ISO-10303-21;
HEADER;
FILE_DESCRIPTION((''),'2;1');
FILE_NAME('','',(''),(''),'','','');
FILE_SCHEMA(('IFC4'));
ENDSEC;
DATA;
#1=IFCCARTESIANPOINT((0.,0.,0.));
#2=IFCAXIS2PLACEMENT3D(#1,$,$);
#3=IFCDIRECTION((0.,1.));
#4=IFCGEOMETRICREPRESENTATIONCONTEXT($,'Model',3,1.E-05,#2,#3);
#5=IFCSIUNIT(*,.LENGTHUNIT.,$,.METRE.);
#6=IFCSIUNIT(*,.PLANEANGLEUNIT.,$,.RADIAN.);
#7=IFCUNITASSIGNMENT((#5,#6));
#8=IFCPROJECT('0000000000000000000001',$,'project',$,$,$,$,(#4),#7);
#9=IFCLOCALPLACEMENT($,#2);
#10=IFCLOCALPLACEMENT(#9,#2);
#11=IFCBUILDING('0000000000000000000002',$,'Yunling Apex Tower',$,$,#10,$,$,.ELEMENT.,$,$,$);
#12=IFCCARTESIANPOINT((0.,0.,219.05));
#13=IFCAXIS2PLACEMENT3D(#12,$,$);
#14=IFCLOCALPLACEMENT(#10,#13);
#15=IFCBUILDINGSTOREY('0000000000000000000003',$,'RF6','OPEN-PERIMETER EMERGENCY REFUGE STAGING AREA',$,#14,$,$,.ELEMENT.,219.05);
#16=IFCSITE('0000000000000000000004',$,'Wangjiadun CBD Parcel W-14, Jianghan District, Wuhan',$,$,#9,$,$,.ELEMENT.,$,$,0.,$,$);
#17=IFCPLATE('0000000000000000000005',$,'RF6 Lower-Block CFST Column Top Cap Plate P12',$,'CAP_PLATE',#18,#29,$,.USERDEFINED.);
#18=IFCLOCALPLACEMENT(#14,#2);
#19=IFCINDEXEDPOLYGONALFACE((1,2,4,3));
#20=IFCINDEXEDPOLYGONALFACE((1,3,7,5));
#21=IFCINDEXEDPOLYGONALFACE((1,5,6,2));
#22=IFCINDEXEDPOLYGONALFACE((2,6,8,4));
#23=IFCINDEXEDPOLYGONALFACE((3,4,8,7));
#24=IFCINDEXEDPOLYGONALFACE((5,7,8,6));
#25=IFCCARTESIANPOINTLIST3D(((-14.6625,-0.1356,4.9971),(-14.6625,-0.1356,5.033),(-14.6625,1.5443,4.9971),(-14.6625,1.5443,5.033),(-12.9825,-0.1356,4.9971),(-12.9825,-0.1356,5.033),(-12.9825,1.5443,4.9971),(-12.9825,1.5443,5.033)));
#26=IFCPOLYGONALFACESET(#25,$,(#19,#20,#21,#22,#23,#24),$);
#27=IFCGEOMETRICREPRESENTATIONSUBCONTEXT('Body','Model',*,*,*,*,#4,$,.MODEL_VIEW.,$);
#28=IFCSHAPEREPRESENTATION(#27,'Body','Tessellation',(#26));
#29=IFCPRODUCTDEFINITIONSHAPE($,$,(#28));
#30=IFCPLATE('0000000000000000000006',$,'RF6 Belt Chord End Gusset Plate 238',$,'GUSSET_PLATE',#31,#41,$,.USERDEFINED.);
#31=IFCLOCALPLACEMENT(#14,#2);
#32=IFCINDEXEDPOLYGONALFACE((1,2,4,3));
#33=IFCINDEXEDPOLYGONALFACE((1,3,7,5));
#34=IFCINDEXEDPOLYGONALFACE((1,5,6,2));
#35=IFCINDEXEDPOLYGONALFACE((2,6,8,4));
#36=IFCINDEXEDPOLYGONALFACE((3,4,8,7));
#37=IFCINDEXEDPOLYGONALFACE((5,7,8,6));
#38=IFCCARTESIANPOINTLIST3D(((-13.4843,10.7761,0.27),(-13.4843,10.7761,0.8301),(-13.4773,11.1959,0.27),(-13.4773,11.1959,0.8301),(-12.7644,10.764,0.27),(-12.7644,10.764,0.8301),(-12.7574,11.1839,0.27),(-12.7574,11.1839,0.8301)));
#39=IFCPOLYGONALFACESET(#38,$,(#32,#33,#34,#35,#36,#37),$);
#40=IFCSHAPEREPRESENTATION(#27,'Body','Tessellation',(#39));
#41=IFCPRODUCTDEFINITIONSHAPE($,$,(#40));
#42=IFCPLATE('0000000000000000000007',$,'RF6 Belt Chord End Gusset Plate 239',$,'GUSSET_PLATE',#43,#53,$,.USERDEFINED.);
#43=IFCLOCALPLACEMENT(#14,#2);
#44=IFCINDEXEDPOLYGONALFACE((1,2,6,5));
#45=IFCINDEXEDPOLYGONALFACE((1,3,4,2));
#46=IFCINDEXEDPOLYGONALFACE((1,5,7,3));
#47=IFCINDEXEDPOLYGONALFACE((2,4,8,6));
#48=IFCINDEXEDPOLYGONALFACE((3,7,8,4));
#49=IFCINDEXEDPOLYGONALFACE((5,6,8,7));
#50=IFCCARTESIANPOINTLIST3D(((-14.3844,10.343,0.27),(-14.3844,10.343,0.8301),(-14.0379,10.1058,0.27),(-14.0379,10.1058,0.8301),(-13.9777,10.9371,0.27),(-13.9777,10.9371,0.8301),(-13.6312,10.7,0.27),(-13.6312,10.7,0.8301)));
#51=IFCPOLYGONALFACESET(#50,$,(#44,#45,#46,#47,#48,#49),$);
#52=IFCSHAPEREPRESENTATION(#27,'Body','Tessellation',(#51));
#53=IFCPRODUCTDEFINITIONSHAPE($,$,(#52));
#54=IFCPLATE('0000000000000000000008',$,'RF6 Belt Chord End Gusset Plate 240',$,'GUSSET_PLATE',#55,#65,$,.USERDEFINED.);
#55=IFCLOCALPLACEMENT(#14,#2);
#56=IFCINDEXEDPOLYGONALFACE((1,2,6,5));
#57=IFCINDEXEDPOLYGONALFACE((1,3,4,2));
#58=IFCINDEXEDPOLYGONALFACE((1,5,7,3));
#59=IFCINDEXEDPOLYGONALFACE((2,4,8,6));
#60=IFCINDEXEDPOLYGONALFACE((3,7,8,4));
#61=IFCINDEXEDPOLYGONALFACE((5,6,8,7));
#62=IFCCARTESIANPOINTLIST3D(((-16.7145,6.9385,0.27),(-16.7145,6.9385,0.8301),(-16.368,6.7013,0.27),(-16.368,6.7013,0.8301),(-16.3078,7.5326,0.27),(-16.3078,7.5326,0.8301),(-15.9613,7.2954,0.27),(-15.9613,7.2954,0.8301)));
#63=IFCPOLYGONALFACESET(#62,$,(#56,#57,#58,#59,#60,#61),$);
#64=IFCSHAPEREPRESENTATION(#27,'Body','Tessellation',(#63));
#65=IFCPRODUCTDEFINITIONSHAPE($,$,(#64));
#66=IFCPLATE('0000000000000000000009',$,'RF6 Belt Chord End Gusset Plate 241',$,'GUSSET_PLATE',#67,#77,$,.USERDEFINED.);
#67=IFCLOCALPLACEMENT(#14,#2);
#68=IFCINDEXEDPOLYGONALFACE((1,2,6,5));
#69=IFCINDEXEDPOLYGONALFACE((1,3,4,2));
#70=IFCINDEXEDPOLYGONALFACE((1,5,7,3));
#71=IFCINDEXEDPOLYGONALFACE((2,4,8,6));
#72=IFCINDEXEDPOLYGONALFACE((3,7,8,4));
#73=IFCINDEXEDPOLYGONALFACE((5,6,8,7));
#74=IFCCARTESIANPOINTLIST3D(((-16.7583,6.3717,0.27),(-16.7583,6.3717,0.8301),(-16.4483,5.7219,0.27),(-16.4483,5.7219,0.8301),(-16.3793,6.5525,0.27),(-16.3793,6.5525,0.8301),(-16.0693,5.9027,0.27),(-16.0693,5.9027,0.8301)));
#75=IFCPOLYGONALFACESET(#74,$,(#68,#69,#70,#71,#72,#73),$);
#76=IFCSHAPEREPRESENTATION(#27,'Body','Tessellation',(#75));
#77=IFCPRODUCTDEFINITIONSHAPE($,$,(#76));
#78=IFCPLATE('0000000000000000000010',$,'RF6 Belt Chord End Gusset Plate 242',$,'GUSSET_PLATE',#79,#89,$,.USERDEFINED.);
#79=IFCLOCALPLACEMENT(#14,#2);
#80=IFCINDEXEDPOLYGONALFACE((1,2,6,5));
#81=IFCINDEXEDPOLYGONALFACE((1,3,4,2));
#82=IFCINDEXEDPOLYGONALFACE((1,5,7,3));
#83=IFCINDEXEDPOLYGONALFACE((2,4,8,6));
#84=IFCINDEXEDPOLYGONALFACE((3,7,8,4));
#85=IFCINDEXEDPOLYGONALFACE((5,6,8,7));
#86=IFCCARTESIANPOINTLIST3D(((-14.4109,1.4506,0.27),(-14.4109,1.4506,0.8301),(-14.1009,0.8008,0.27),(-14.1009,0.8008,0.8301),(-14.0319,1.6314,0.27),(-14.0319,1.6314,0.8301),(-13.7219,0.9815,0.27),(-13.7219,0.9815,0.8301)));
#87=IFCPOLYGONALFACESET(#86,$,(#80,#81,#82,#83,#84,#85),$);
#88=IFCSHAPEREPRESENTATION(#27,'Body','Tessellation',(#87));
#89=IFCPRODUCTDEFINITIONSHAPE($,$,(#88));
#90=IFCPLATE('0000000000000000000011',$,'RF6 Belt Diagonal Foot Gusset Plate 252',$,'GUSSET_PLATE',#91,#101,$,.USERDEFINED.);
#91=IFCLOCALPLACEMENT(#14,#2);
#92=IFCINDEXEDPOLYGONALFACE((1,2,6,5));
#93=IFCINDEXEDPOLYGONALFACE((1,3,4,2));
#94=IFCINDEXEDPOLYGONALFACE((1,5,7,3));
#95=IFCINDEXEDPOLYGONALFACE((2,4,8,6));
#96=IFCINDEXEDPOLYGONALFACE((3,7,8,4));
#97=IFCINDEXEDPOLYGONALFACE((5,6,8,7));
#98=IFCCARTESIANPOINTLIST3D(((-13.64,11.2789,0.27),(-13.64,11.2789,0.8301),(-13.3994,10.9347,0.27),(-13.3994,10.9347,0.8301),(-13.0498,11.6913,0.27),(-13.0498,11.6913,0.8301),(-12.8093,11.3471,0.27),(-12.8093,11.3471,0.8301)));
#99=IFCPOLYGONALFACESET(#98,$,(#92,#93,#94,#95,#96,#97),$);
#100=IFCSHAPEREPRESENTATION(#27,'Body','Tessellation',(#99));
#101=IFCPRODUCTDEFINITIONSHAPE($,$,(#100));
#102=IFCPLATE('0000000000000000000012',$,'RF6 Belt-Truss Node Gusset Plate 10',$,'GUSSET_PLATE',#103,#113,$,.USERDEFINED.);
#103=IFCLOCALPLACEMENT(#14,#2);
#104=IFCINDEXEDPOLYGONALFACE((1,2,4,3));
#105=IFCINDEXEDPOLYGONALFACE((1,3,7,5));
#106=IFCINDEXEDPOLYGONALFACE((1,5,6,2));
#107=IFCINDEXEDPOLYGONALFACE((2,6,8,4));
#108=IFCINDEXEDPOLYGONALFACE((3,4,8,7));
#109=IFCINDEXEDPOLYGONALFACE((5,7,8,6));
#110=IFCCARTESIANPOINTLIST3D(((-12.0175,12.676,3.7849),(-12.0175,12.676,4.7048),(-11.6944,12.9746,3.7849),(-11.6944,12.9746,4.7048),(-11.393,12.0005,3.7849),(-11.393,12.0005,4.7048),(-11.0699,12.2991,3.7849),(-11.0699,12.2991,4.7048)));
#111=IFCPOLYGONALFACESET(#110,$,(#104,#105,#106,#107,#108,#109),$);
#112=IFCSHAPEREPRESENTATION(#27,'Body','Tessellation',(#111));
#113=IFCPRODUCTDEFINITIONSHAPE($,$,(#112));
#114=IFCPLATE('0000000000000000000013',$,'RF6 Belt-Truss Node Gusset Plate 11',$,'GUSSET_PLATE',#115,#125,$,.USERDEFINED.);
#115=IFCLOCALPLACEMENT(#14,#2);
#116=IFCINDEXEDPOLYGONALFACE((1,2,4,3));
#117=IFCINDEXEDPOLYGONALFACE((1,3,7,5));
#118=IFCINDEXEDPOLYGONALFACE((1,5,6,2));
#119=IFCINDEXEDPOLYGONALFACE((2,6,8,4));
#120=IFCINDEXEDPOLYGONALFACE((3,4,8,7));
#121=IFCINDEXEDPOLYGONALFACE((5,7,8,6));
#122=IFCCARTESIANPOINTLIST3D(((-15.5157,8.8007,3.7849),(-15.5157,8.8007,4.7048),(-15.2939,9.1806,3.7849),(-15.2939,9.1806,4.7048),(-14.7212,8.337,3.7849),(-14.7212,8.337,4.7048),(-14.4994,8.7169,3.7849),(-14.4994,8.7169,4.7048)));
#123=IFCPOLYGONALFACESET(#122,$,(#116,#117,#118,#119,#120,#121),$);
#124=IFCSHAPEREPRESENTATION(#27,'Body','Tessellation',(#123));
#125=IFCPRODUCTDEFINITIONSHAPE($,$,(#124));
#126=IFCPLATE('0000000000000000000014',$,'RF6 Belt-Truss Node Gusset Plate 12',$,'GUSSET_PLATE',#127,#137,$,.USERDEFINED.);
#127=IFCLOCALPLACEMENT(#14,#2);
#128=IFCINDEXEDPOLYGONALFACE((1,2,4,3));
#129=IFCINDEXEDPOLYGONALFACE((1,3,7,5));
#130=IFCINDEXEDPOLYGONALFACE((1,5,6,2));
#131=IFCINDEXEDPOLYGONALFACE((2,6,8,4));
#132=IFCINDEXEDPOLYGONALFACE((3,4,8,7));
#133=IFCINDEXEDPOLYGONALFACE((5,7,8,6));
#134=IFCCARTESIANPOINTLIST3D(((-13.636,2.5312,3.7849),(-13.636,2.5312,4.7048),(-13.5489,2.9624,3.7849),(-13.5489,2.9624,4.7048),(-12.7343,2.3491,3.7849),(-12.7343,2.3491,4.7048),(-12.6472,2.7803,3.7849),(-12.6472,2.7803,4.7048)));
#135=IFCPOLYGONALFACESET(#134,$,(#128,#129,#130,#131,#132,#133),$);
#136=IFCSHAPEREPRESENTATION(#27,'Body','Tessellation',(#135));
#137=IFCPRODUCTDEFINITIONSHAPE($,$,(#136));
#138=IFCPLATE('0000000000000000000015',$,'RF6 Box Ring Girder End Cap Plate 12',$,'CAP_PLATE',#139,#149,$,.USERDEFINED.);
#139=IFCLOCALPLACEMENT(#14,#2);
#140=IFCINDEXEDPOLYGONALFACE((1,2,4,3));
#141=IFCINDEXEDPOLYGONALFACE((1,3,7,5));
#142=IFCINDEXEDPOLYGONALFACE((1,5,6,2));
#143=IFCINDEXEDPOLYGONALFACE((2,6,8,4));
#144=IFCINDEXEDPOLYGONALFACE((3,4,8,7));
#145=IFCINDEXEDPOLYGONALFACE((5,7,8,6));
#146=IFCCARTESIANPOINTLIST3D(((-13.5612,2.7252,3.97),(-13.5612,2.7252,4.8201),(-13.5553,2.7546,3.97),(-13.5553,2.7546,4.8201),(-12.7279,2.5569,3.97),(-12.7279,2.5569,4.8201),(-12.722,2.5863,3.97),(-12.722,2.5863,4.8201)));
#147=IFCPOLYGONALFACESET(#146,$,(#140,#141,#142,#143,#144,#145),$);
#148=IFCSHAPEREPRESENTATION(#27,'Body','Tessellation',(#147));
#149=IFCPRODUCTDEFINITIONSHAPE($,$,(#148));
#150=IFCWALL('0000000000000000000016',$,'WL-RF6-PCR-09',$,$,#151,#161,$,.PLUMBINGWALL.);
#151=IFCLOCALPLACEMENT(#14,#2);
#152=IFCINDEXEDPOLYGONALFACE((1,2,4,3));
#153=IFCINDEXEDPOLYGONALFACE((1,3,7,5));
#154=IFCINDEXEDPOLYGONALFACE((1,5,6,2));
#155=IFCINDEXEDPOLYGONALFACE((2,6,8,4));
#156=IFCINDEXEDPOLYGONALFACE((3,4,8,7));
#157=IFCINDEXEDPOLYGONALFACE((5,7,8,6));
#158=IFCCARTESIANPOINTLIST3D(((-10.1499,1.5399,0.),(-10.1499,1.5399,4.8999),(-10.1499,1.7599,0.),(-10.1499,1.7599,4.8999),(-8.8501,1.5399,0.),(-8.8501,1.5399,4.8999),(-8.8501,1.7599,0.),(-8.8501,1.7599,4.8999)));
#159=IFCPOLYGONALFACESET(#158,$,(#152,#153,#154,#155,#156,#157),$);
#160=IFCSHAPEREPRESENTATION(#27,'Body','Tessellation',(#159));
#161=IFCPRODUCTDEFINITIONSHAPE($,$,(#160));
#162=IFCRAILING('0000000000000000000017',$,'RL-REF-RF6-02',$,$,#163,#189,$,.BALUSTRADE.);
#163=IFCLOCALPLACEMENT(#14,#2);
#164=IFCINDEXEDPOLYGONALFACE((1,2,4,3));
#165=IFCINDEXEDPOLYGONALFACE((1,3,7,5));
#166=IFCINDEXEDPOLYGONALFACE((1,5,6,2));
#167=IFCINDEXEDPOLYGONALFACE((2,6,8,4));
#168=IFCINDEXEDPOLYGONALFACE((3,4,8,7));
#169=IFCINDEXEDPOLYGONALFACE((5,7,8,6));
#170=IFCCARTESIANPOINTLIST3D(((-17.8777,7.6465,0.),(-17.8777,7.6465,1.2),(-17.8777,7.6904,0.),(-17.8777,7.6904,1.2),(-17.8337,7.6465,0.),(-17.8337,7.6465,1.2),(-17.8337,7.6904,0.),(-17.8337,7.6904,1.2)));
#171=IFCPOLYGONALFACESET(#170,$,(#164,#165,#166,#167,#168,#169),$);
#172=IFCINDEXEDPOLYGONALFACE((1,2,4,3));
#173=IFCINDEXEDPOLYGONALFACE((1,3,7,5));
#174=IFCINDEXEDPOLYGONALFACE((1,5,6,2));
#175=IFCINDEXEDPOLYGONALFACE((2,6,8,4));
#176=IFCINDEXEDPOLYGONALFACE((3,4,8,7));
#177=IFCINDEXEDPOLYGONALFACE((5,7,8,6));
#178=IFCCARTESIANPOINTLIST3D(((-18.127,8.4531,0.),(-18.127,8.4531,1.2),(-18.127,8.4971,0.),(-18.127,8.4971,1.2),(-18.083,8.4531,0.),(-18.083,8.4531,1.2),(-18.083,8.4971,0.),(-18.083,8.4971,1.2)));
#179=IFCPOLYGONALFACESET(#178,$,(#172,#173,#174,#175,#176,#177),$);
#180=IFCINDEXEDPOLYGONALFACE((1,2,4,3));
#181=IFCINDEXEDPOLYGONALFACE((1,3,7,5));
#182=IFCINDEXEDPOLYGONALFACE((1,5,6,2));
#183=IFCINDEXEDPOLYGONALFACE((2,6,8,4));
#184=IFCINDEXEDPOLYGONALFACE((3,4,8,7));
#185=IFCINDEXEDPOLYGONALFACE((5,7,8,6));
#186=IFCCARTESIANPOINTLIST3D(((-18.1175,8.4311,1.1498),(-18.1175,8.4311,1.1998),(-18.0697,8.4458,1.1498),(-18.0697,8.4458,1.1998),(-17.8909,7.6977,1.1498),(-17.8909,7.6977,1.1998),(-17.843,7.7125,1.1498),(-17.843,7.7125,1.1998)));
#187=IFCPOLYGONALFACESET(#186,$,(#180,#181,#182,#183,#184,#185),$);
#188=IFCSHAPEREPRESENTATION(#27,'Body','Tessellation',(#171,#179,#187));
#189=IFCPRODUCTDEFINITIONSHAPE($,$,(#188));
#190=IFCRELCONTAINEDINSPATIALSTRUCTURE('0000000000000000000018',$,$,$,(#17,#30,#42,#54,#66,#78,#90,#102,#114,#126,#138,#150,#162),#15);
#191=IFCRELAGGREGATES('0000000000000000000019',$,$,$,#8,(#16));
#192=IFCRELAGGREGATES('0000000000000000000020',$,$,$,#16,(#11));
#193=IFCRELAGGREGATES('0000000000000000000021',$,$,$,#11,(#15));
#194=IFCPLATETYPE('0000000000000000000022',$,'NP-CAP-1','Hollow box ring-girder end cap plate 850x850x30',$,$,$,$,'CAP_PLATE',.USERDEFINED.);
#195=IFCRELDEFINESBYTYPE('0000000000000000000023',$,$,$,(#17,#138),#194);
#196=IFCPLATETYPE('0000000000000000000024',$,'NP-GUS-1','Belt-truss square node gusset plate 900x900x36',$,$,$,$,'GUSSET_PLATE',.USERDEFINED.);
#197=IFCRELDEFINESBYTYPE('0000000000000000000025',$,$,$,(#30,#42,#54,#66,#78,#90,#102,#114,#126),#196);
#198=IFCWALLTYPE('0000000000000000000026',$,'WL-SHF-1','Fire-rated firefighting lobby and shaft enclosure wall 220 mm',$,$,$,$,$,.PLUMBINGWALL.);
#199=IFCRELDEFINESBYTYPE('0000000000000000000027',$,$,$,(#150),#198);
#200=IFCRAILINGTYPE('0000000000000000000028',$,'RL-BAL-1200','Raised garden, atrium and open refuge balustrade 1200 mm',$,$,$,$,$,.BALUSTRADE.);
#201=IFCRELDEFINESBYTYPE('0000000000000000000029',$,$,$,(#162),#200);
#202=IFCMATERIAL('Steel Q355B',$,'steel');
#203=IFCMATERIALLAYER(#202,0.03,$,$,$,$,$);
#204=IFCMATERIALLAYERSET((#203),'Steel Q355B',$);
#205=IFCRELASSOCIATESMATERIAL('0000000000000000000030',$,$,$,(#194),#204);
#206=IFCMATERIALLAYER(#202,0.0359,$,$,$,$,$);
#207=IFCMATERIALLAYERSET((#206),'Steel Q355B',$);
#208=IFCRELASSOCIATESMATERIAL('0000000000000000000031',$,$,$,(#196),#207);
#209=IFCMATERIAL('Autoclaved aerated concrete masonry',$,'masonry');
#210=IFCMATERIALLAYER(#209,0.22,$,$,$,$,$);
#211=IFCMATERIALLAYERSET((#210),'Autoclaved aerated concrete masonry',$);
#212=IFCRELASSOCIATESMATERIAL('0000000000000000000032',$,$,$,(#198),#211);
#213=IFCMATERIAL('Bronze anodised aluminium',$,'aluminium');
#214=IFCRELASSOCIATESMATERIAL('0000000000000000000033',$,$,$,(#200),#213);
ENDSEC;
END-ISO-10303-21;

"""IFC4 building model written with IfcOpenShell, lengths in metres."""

from ifc_helpers import new_model, si_unit, direction, frame, frame_2d, origin, origin_2d, place, context, subcontext, project, spatial, rectangle, extrude, source, transform, mapped, material, layer, layer_set, type_object, element, save


model = new_model("IFC4")

# Units and contexts
model_context = context("Model", 3, precision=1e-05, world=origin(), true_north=direction((0.0, 1.0)))
body_context = subcontext(model_context, "Body", "Model", "MODEL_VIEW")
ifc_project = project(units=[si_unit("LENGTHUNIT", "METRE"), si_unit("PLANEANGLEUNIT", "RADIAN")], contexts=[model_context])

# Site, building, storey
site_placement = place(None, origin())
site = spatial("IfcSite", under=ifc_project, at=site_placement, Name="Wangjiadun CBD Parcel W-14, Jianghan District, Wuhan", CompositionType="ELEMENT", RefElevation=0.0)
building_placement = place(site_placement, origin())
building = spatial("IfcBuilding", under=site, at=building_placement, Name="Yunling Apex Tower", CompositionType="ELEMENT")
storey_placement = place(building_placement, frame((0.0, 0.0, 219.05)))
storey = spatial("IfcBuildingStorey", under=building, at=storey_placement, Name="RF6", Description="OPEN-PERIMETER EMERGENCY REFUGE STAGING AREA", CompositionType="ELEMENT", Elevation=219.05)

# Shared definitions
ifc_material_1 = material(Name="Steel Q355B", Category="steel")

# Plates
ifc_layer_1 = layer(ifc_material_1, 0.03)
ifc_layer_set_1 = layer_set([ifc_layer_1], Name="Steel Q355B")
plate_type_1 = type_object("IfcPlateType", Name="NP-CAP-1", Description="Hollow box ring-girder end cap plate 850x850x30", ElementType="CAP_PLATE", PredefinedType="USERDEFINED", material=ifc_layer_set_1)
shared_shape_1 = source(origin(), body_context, "Body", "SweptSolid", [
    extrude(rectangle(XDim=1.6799, YDim=1.6799, at=origin_2d()), origin(), (0.0, 0.0, 1.0), 0.0359),
])
for number, where, z_axis, x_axis, name in (
    (1, (-13.8225, 0.7043, 4.9971), (0.0, 0.0, 1.0), (1.0, 0.0, 0.0), "RF6 Lower-Block CFST Column Top Cap Plate P12"),
):
    element("IfcPlate", number, at=place(storey_placement, frame(where, z_axis=z_axis, x_axis=x_axis)), inside=storey, type_object=plate_type_1, Name=name, ObjectType="CAP_PLATE", PredefinedType="USERDEFINED", context=body_context, shape_type="MappedRepresentation", body=[
        mapped(shared_shape_1, transform((0.0, 0.0, 0.0), scale=1.0)),
    ])
ifc_layer_2 = layer(ifc_material_1, 0.0359)
ifc_layer_set_2 = layer_set([ifc_layer_2], Name="Steel Q355B")
plate_type_2 = type_object("IfcPlateType", Name="NP-GUS-1", Description="Belt-truss square node gusset plate 900x900x36", ElementType="GUSSET_PLATE", PredefinedType="USERDEFINED", material=ifc_layer_set_2)
shared_shape_2 = source(origin(), body_context, "Body", "SweptSolid", [
    extrude(rectangle(XDim=0.72, YDim=0.4199, at=origin_2d()), origin(), (0.0, 0.0, 1.0), 0.5601),
])
for number, where, z_axis, x_axis, name in (
    (2, (-13.1208, 10.98, 0.27), (0.0, 0.0, 1.0), (-0.99986, 0.016754, 0.0), "RF6 Belt Chord End Gusset Plate 238"),
    (3, (-14.0078, 10.5215, 0.27), (0.0, 0.0, 1.0), (-0.564823, -0.825212, 0.0), "RF6 Belt Chord End Gusset Plate 239"),
    (4, (-16.3379, 7.1169, 0.27), (0.0, 0.0, 1.0), (-0.564823, -0.825212, 0.0), "RF6 Belt Chord End Gusset Plate 240"),
    (5, (-16.4138, 6.1372, 0.27), (0.0, 0.0, 1.0), (0.430511, -0.902585, 0.0), "RF6 Belt Chord End Gusset Plate 241"),
    (6, (-14.0664, 1.2161, 0.27), (0.0, 0.0, 1.0), (0.430511, -0.902585, 0.0), "RF6 Belt Chord End Gusset Plate 242"),
    (7, (-13.2246, 11.313, 0.27), (0.0, 0.0, 1.0), (0.819652, 0.572861, 0.0), "RF6 Belt Diagonal Foot Gusset Plate 252"),
):
    element("IfcPlate", number, at=place(storey_placement, frame(where, z_axis=z_axis, x_axis=x_axis)), inside=storey, type_object=plate_type_2, Name=name, ObjectType="GUSSET_PLATE", PredefinedType="USERDEFINED", context=body_context, shape_type="MappedRepresentation", body=[
        mapped(shared_shape_2, transform((0.0, 0.0, 0.0), scale=1.0)),
    ])
shared_shape_3 = source(origin(), body_context, "Body", "SweptSolid", [
    extrude(rectangle(XDim=0.9199, YDim=0.4399, at=origin_2d()), origin(), (0.0, 0.0, 1.0), 0.9199),
])
for number, where, z_axis, x_axis, name in (
    (8, (-11.5437, 12.4875, 3.7849), (0.0, 0.0, 1.0), (-0.678801, 0.734323, 0.0), "RF6 Belt-Truss Node Gusset Plate 10"),
    (9, (-15.0076, 8.7588, 3.7849), (0.0, 0.0, 1.0), (-0.86366, 0.504075, 0.0), "RF6 Belt-Truss Node Gusset Plate 11"),
    (10, (-13.1416, 2.6558, 3.7849), (0.0, 0.0, 1.0), (-0.980202, 0.198, 0.0), "RF6 Belt-Truss Node Gusset Plate 12"),
):
    element("IfcPlate", number, at=place(storey_placement, frame(where, z_axis=z_axis, x_axis=x_axis)), inside=storey, type_object=plate_type_2, Name=name, ObjectType="GUSSET_PLATE", PredefinedType="USERDEFINED", context=body_context, shape_type="MappedRepresentation", body=[
        mapped(shared_shape_3, transform((0.0, 0.0, 0.0), scale=1.0)),
    ])
shared_shape_4 = source(origin(), body_context, "Body", "SweptSolid", [
    extrude(rectangle(XDim=0.8501, YDim=0.03, at=origin_2d()), origin(), (0.0, 0.0, 1.0), 0.8501),
])
plate_placement = place(storey_placement, frame((-13.1416, 2.6558, 3.97), z_axis=(0.0, 0.0, 1.0), x_axis=(-0.980202, 0.198, 0.0)))
element("IfcPlate", 11, at=plate_placement, inside=storey, type_object=plate_type_1, Name="RF6 Box Ring Girder End Cap Plate 12", ObjectType="CAP_PLATE", PredefinedType="USERDEFINED", context=body_context, shape_type="MappedRepresentation", body=[
    mapped(shared_shape_4, transform((0.0, 0.0, 0.0), scale=1.0)),
])

# Wall
ifc_material_2 = material(Name="Autoclaved aerated concrete masonry", Category="masonry")
ifc_layer_3 = layer(ifc_material_2, 0.22)
ifc_layer_set_3 = layer_set([ifc_layer_3], Name="Autoclaved aerated concrete masonry")
wall_type = type_object("IfcWallType", Name="WL-SHF-1", Description="Fire-rated firefighting lobby and shaft enclosure wall 220 mm", PredefinedType="PLUMBINGWALL", material=ifc_layer_set_3)
wall_placement = place(storey_placement, frame((-10.1499, 1.6499, 0.0), z_axis=(0.0, 0.0, 1.0), x_axis=(1.0, 0.0, 0.0)))
element("IfcWall", 12, at=wall_placement, inside=storey, type_object=wall_type, Name="WL-RF6-PCR-09", PredefinedType="PLUMBINGWALL", context=body_context, shape_type="SweptSolid", body=[
    extrude(rectangle(XDim=1.2998, YDim=0.22, at=frame_2d((0.6499, 0.0))), origin(), (0.0, 0.0, 1.0), 4.8999),
])

# Railing
ifc_material_3 = material(Name="Bronze anodised aluminium", Category="aluminium")
railing_type = type_object("IfcRailingType", Name="RL-BAL-1200", Description="Raised garden, atrium and open refuge balustrade 1200 mm", PredefinedType="BALUSTRADE", material=ifc_material_3)
railing_1_placement = place(storey_placement, frame((-17.8557, 7.6685, 0.0)))
element("IfcRailing", 13, at=railing_1_placement, inside=storey, type_object=railing_type, Name="RL-REF-RF6-02", PredefinedType="BALUSTRADE", context=body_context, shape_type="SweptSolid", body=[
    extrude(rectangle(XDim=0.0439, YDim=0.0439, at=origin_2d()), origin(), (0.0, 0.0, 1.0), 1.2),
    extrude(rectangle(XDim=0.0439, YDim=0.0439, at=origin_2d()), frame((-0.2493, 0.8066, 0.0)), (0.0, 0.0, 1.0), 1.2),
    extrude(rectangle(XDim=0.05, YDim=0.05, at=origin_2d()), frame((-0.0112, 0.0366, 1.1748), z_axis=(-0.295244, 0.955422, 0.0), x_axis=(-0.955422, -0.295244, 0.0)), (0.0, 0.0, 1.0), 0.7676),
])

save(model, "model.ifc")
